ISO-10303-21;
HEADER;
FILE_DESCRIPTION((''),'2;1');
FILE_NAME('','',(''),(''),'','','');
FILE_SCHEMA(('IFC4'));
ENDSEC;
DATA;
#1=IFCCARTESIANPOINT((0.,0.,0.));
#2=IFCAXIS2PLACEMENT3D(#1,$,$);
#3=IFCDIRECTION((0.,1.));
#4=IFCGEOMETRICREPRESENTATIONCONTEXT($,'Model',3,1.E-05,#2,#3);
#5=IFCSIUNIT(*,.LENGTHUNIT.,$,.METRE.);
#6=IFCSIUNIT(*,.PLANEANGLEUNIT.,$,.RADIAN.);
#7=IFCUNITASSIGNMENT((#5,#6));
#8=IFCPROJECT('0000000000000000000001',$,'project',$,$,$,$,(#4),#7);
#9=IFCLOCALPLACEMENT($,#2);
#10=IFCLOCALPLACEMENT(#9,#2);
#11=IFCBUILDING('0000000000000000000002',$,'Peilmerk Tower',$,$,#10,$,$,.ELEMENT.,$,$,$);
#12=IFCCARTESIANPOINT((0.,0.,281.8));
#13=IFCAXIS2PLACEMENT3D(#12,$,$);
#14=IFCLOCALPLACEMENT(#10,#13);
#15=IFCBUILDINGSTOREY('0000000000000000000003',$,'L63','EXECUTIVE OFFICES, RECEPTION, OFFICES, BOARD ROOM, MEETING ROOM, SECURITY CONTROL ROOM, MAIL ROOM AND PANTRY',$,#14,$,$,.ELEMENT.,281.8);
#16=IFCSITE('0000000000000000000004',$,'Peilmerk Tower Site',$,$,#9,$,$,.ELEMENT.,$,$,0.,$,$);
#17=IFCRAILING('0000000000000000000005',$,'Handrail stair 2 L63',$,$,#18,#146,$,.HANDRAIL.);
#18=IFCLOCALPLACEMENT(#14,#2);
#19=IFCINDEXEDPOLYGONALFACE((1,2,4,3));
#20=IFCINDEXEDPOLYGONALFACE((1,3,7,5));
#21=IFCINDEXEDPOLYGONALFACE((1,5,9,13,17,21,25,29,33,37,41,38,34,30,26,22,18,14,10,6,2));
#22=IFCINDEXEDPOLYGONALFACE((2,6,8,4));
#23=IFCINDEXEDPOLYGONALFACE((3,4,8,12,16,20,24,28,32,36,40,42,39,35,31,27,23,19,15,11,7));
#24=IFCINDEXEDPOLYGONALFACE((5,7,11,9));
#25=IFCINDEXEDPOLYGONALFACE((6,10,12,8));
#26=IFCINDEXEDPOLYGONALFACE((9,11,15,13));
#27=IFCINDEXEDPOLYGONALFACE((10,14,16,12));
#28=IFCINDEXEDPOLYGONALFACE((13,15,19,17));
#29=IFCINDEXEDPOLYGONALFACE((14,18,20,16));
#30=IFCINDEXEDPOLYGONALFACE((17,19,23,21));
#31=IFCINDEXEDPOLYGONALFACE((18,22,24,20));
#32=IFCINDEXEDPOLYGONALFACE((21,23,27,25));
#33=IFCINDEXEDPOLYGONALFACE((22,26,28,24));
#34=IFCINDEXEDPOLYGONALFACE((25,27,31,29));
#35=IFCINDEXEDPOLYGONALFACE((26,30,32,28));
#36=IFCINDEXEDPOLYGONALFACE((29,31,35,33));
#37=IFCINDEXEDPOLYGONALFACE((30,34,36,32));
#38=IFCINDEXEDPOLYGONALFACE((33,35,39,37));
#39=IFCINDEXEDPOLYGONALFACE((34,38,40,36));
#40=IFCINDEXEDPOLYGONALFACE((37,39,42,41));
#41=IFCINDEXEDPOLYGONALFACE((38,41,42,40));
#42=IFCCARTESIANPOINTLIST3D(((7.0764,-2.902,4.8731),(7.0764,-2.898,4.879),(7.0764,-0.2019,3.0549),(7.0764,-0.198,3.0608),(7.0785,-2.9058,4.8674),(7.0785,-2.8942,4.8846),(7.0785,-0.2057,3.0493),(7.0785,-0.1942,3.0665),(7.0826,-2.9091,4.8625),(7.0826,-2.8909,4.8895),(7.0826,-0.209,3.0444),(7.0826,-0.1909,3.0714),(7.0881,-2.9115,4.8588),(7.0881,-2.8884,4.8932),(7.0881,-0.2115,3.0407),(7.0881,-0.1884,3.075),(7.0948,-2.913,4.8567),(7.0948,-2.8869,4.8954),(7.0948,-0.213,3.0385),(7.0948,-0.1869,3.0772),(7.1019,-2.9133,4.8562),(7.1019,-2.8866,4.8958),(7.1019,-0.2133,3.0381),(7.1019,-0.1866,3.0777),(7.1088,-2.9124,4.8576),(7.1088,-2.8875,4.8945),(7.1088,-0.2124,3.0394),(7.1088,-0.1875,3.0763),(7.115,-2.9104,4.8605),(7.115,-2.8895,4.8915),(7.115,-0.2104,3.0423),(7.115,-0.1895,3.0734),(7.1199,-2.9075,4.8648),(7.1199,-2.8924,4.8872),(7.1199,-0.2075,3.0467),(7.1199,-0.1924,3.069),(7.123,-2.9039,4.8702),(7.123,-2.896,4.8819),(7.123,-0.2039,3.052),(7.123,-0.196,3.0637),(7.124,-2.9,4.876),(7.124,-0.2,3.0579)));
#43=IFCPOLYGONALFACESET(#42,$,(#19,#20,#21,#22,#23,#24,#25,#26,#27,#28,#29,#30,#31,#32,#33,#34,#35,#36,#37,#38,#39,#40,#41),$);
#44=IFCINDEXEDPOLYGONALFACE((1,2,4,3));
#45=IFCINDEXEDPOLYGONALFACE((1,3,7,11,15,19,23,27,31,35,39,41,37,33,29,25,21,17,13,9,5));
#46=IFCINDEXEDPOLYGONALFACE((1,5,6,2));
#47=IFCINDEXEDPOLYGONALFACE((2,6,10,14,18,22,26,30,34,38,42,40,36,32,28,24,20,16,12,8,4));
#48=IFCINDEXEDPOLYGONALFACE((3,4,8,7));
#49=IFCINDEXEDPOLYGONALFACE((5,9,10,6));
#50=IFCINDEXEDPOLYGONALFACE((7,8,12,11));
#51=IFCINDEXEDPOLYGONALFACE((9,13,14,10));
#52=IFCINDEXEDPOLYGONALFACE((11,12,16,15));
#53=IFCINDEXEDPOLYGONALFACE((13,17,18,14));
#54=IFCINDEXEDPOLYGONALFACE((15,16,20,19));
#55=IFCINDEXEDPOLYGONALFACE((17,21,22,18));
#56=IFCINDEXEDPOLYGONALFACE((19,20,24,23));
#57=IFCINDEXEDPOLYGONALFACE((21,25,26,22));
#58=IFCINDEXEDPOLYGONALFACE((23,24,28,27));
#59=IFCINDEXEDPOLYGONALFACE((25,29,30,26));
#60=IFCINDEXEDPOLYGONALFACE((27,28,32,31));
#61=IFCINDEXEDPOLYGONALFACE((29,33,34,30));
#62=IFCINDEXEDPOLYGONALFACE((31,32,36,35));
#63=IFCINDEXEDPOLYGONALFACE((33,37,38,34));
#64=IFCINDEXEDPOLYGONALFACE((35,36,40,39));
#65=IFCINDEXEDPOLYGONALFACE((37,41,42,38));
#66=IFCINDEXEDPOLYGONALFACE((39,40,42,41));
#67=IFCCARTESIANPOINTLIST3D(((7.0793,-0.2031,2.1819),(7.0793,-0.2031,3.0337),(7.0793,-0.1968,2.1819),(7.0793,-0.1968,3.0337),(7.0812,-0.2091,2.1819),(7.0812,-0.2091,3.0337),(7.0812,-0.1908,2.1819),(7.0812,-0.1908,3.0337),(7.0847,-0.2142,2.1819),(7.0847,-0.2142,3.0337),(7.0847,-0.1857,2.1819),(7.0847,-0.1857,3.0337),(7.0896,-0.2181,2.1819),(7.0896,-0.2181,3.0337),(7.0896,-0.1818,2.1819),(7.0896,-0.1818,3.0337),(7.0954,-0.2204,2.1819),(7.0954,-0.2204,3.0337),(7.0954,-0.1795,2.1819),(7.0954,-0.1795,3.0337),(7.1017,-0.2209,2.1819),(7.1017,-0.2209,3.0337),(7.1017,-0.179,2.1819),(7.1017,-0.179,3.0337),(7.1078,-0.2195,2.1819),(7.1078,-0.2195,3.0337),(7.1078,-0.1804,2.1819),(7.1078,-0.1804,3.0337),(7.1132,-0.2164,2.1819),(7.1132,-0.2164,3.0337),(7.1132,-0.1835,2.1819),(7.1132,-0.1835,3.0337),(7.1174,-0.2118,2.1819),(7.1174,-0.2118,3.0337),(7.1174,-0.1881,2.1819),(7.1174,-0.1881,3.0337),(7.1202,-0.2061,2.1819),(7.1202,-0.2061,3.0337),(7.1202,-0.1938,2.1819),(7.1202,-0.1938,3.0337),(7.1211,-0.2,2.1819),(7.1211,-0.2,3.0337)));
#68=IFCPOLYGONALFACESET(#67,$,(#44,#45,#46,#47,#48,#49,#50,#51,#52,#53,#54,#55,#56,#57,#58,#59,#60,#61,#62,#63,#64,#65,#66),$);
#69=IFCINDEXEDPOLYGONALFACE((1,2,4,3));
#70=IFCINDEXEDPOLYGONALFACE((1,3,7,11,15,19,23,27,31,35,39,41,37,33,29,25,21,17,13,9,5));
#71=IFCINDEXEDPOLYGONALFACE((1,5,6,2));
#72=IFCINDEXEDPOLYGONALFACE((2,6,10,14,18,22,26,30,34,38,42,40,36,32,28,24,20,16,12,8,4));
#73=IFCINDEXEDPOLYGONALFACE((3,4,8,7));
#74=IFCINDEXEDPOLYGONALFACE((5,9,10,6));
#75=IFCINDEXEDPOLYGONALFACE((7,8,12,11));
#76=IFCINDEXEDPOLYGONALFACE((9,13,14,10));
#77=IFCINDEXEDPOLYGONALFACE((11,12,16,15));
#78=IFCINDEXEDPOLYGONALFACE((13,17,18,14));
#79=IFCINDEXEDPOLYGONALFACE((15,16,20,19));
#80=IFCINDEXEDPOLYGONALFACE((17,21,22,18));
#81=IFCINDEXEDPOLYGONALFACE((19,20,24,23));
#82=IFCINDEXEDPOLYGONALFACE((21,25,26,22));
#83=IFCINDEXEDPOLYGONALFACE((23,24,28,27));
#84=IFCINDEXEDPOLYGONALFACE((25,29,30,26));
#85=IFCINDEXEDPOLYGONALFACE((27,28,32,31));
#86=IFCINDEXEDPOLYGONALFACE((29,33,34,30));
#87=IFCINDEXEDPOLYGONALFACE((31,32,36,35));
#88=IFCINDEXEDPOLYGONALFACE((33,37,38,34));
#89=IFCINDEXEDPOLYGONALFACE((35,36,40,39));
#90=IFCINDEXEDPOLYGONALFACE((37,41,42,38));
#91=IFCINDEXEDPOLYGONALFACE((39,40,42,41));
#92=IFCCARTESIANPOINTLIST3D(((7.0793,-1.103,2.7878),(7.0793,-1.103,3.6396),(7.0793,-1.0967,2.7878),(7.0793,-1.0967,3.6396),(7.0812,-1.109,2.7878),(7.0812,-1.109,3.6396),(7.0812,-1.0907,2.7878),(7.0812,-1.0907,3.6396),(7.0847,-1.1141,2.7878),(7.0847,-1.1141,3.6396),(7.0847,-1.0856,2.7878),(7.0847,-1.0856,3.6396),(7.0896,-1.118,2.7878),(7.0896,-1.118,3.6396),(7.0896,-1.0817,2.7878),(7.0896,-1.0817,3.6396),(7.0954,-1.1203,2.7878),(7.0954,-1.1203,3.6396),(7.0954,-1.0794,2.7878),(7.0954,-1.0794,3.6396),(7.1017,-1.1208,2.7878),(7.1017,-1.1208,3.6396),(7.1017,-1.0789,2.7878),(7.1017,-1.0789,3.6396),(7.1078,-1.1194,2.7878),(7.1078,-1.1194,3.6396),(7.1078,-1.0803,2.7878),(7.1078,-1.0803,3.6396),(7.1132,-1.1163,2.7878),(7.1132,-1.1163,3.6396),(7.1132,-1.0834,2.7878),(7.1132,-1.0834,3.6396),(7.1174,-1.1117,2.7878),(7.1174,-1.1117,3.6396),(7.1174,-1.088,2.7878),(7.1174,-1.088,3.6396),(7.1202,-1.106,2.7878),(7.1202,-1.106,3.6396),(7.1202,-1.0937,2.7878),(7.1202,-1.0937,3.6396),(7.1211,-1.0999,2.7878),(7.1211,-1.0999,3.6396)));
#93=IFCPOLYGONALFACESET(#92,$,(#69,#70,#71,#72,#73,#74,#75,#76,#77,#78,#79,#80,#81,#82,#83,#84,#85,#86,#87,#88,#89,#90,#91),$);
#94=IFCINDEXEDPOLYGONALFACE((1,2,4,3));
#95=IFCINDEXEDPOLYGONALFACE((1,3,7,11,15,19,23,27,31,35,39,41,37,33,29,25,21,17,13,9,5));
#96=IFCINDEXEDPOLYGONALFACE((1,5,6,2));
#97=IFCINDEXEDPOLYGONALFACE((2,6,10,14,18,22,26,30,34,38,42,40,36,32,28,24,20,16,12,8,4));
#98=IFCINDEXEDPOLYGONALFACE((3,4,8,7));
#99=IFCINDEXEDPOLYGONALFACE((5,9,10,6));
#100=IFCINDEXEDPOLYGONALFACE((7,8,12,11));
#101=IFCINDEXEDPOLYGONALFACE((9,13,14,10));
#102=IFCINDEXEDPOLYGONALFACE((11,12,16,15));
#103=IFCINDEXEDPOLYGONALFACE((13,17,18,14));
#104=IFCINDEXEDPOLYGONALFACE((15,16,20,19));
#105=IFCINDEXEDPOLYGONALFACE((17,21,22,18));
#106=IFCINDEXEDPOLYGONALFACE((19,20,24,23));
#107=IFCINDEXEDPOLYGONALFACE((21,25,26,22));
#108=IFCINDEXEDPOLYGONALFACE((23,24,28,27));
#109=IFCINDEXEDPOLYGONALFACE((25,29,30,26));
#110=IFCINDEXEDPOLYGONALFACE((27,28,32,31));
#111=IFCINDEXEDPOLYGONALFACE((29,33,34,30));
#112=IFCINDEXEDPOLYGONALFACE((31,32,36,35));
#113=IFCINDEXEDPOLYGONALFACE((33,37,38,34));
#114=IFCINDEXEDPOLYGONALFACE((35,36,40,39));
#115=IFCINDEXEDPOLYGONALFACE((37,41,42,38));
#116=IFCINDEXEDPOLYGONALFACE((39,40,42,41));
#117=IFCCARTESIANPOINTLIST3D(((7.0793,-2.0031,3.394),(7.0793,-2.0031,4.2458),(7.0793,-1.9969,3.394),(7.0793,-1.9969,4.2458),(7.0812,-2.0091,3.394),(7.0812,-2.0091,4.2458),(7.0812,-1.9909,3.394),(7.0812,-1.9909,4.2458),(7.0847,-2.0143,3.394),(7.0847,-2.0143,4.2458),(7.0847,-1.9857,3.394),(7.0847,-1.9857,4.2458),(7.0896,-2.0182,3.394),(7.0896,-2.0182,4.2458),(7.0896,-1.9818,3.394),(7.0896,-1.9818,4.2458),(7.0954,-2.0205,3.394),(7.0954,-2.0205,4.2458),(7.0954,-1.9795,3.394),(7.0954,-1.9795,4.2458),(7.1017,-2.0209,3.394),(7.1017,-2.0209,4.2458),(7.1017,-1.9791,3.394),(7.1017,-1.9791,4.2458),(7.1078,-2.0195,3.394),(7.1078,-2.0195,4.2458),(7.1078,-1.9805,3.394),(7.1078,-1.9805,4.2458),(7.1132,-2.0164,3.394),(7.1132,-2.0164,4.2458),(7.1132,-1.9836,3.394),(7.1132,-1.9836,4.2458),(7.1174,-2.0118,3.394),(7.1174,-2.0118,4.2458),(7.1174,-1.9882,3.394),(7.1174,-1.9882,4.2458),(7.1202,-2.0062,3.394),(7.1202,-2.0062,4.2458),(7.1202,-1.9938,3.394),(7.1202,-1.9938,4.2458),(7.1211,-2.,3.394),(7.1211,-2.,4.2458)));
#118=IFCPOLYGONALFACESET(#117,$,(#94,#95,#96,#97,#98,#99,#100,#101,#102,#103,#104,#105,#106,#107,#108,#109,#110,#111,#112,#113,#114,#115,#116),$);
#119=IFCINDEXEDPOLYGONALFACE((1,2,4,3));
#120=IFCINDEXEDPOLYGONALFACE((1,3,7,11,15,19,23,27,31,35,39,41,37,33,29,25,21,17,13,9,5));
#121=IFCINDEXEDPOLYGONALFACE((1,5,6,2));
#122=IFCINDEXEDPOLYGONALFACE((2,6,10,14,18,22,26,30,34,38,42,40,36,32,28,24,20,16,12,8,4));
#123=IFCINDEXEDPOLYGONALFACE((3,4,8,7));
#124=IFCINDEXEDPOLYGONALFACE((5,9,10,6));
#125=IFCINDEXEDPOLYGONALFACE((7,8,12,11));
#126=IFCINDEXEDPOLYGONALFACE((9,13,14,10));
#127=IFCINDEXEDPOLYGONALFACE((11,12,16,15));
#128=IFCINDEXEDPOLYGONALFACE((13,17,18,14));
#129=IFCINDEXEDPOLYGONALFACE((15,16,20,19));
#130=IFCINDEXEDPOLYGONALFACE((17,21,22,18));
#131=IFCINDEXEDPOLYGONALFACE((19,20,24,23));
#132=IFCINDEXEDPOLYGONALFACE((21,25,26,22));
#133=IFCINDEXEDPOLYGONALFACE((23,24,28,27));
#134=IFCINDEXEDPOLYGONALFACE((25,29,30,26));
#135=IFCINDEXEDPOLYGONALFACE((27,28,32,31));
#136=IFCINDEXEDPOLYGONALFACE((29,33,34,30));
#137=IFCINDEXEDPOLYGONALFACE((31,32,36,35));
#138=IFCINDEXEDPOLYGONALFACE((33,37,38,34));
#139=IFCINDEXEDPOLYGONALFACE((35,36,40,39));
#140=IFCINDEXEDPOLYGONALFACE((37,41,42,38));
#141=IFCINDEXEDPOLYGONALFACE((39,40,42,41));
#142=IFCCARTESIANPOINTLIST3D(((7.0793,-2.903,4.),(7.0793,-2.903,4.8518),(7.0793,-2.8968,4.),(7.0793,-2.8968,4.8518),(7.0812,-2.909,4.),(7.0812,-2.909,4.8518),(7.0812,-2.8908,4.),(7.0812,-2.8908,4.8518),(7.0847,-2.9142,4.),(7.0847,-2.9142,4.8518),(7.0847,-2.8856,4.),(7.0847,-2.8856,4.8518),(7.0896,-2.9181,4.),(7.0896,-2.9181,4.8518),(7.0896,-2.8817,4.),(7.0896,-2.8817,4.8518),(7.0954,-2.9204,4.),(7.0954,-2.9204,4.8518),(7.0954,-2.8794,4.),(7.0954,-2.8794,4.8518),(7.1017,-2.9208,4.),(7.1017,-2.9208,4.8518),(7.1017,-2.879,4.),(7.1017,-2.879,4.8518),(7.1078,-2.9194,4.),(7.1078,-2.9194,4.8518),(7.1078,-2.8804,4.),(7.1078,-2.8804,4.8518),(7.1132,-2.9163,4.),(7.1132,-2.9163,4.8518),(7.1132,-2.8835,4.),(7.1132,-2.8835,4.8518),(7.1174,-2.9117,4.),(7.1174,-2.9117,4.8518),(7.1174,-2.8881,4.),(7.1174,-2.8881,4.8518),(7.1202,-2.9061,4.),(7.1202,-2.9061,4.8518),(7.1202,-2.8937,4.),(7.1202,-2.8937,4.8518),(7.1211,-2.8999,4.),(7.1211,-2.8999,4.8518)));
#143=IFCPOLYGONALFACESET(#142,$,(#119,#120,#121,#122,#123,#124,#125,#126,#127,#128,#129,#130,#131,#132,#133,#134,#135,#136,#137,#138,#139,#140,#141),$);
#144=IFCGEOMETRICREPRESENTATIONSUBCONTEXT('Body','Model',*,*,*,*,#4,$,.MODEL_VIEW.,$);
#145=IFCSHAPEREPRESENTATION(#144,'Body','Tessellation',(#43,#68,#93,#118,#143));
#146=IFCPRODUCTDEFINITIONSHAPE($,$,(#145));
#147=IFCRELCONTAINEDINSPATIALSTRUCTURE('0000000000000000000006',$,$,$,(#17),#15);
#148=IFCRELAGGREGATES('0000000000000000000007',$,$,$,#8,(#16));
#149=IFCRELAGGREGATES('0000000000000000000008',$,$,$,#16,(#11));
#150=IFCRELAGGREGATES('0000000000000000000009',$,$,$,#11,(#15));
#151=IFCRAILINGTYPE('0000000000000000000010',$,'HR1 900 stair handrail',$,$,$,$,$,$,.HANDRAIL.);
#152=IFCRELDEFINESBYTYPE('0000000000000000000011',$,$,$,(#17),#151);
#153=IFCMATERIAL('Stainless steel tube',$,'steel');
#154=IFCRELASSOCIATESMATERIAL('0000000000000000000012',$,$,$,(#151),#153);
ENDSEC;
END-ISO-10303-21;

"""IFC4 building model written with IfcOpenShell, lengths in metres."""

from ifc_helpers import new_model, si_unit, direction, frame, origin, origin_2d, place, context, subcontext, project, spatial, circle, extrude, material, type_object, element, save


model = new_model("IFC4")

# Units and contexts
model_context = context("Model", 3, precision=1e-05, world=origin(), true_north=direction((0.0, 1.0)))
body_context = subcontext(model_context, "Body", "Model", "MODEL_VIEW")
ifc_project = project(units=[si_unit("LENGTHUNIT", "METRE"), si_unit("PLANEANGLEUNIT", "RADIAN")], contexts=[model_context])

# Site, building, storey
site_placement = place(None, origin())
site = spatial("IfcSite", under=ifc_project, at=site_placement, Name="Peilmerk Tower Site", CompositionType="ELEMENT", RefElevation=0.0)
building_placement = place(site_placement, origin())
building = spatial("IfcBuilding", under=site, at=building_placement, Name="Peilmerk Tower", CompositionType="ELEMENT")
storey_placement = place(building_placement, frame((0.0, 0.0, 281.8)))
storey = spatial("IfcBuildingStorey", under=building, at=storey_placement, Name="L63", Description="EXECUTIVE OFFICES, RECEPTION, OFFICES, BOARD ROOM, MEETING ROOM, SECURITY CONTROL ROOM, MAIL ROOM AND PANTRY", CompositionType="ELEMENT", Elevation=281.8)

# Railing
ifc_material_1 = material(Name="Stainless steel tube", Category="steel")
railing_type_1 = type_object("IfcRailingType", Name="HR1 900 stair handrail", PredefinedType="HANDRAIL", material=ifc_material_1)
railing_1_placement = place(storey_placement, frame((7.1001, -0.2, 2.1819)))
element("IfcRailing", 1, at=railing_1_placement, inside=storey, type_object=railing_type_1, Name="Handrail stair 2 L63", PredefinedType="HANDRAIL", context=body_context, shape_type="SweptSolid", body=[
    extrude(circle(Radius=0.0239, at=origin_2d()), frame((0.0, 0.0, 0.876), z_axis=(0.0, -0.829468, 0.558554), x_axis=(1.0, 0.0, 0.0)), (0.0, 0.0, 1.0), 3.2551),
    extrude(circle(Radius=0.021, at=origin_2d()), origin(), (0.0, 0.0, 1.0), 0.8518),
    extrude(circle(Radius=0.021, at=origin_2d()), frame((0.0, -0.8999, 0.606)), (0.0, 0.0, 1.0), 0.8518),
    extrude(circle(Radius=0.021, at=origin_2d()), frame((0.0, -1.8, 1.2122)), (0.0, 0.0, 1.0), 0.8518),
    extrude(circle(Radius=0.021, at=origin_2d()), frame((0.0, -2.7, 1.8181)), (0.0, 0.0, 1.0), 0.8518),
])

save(model, "model.ifc")
